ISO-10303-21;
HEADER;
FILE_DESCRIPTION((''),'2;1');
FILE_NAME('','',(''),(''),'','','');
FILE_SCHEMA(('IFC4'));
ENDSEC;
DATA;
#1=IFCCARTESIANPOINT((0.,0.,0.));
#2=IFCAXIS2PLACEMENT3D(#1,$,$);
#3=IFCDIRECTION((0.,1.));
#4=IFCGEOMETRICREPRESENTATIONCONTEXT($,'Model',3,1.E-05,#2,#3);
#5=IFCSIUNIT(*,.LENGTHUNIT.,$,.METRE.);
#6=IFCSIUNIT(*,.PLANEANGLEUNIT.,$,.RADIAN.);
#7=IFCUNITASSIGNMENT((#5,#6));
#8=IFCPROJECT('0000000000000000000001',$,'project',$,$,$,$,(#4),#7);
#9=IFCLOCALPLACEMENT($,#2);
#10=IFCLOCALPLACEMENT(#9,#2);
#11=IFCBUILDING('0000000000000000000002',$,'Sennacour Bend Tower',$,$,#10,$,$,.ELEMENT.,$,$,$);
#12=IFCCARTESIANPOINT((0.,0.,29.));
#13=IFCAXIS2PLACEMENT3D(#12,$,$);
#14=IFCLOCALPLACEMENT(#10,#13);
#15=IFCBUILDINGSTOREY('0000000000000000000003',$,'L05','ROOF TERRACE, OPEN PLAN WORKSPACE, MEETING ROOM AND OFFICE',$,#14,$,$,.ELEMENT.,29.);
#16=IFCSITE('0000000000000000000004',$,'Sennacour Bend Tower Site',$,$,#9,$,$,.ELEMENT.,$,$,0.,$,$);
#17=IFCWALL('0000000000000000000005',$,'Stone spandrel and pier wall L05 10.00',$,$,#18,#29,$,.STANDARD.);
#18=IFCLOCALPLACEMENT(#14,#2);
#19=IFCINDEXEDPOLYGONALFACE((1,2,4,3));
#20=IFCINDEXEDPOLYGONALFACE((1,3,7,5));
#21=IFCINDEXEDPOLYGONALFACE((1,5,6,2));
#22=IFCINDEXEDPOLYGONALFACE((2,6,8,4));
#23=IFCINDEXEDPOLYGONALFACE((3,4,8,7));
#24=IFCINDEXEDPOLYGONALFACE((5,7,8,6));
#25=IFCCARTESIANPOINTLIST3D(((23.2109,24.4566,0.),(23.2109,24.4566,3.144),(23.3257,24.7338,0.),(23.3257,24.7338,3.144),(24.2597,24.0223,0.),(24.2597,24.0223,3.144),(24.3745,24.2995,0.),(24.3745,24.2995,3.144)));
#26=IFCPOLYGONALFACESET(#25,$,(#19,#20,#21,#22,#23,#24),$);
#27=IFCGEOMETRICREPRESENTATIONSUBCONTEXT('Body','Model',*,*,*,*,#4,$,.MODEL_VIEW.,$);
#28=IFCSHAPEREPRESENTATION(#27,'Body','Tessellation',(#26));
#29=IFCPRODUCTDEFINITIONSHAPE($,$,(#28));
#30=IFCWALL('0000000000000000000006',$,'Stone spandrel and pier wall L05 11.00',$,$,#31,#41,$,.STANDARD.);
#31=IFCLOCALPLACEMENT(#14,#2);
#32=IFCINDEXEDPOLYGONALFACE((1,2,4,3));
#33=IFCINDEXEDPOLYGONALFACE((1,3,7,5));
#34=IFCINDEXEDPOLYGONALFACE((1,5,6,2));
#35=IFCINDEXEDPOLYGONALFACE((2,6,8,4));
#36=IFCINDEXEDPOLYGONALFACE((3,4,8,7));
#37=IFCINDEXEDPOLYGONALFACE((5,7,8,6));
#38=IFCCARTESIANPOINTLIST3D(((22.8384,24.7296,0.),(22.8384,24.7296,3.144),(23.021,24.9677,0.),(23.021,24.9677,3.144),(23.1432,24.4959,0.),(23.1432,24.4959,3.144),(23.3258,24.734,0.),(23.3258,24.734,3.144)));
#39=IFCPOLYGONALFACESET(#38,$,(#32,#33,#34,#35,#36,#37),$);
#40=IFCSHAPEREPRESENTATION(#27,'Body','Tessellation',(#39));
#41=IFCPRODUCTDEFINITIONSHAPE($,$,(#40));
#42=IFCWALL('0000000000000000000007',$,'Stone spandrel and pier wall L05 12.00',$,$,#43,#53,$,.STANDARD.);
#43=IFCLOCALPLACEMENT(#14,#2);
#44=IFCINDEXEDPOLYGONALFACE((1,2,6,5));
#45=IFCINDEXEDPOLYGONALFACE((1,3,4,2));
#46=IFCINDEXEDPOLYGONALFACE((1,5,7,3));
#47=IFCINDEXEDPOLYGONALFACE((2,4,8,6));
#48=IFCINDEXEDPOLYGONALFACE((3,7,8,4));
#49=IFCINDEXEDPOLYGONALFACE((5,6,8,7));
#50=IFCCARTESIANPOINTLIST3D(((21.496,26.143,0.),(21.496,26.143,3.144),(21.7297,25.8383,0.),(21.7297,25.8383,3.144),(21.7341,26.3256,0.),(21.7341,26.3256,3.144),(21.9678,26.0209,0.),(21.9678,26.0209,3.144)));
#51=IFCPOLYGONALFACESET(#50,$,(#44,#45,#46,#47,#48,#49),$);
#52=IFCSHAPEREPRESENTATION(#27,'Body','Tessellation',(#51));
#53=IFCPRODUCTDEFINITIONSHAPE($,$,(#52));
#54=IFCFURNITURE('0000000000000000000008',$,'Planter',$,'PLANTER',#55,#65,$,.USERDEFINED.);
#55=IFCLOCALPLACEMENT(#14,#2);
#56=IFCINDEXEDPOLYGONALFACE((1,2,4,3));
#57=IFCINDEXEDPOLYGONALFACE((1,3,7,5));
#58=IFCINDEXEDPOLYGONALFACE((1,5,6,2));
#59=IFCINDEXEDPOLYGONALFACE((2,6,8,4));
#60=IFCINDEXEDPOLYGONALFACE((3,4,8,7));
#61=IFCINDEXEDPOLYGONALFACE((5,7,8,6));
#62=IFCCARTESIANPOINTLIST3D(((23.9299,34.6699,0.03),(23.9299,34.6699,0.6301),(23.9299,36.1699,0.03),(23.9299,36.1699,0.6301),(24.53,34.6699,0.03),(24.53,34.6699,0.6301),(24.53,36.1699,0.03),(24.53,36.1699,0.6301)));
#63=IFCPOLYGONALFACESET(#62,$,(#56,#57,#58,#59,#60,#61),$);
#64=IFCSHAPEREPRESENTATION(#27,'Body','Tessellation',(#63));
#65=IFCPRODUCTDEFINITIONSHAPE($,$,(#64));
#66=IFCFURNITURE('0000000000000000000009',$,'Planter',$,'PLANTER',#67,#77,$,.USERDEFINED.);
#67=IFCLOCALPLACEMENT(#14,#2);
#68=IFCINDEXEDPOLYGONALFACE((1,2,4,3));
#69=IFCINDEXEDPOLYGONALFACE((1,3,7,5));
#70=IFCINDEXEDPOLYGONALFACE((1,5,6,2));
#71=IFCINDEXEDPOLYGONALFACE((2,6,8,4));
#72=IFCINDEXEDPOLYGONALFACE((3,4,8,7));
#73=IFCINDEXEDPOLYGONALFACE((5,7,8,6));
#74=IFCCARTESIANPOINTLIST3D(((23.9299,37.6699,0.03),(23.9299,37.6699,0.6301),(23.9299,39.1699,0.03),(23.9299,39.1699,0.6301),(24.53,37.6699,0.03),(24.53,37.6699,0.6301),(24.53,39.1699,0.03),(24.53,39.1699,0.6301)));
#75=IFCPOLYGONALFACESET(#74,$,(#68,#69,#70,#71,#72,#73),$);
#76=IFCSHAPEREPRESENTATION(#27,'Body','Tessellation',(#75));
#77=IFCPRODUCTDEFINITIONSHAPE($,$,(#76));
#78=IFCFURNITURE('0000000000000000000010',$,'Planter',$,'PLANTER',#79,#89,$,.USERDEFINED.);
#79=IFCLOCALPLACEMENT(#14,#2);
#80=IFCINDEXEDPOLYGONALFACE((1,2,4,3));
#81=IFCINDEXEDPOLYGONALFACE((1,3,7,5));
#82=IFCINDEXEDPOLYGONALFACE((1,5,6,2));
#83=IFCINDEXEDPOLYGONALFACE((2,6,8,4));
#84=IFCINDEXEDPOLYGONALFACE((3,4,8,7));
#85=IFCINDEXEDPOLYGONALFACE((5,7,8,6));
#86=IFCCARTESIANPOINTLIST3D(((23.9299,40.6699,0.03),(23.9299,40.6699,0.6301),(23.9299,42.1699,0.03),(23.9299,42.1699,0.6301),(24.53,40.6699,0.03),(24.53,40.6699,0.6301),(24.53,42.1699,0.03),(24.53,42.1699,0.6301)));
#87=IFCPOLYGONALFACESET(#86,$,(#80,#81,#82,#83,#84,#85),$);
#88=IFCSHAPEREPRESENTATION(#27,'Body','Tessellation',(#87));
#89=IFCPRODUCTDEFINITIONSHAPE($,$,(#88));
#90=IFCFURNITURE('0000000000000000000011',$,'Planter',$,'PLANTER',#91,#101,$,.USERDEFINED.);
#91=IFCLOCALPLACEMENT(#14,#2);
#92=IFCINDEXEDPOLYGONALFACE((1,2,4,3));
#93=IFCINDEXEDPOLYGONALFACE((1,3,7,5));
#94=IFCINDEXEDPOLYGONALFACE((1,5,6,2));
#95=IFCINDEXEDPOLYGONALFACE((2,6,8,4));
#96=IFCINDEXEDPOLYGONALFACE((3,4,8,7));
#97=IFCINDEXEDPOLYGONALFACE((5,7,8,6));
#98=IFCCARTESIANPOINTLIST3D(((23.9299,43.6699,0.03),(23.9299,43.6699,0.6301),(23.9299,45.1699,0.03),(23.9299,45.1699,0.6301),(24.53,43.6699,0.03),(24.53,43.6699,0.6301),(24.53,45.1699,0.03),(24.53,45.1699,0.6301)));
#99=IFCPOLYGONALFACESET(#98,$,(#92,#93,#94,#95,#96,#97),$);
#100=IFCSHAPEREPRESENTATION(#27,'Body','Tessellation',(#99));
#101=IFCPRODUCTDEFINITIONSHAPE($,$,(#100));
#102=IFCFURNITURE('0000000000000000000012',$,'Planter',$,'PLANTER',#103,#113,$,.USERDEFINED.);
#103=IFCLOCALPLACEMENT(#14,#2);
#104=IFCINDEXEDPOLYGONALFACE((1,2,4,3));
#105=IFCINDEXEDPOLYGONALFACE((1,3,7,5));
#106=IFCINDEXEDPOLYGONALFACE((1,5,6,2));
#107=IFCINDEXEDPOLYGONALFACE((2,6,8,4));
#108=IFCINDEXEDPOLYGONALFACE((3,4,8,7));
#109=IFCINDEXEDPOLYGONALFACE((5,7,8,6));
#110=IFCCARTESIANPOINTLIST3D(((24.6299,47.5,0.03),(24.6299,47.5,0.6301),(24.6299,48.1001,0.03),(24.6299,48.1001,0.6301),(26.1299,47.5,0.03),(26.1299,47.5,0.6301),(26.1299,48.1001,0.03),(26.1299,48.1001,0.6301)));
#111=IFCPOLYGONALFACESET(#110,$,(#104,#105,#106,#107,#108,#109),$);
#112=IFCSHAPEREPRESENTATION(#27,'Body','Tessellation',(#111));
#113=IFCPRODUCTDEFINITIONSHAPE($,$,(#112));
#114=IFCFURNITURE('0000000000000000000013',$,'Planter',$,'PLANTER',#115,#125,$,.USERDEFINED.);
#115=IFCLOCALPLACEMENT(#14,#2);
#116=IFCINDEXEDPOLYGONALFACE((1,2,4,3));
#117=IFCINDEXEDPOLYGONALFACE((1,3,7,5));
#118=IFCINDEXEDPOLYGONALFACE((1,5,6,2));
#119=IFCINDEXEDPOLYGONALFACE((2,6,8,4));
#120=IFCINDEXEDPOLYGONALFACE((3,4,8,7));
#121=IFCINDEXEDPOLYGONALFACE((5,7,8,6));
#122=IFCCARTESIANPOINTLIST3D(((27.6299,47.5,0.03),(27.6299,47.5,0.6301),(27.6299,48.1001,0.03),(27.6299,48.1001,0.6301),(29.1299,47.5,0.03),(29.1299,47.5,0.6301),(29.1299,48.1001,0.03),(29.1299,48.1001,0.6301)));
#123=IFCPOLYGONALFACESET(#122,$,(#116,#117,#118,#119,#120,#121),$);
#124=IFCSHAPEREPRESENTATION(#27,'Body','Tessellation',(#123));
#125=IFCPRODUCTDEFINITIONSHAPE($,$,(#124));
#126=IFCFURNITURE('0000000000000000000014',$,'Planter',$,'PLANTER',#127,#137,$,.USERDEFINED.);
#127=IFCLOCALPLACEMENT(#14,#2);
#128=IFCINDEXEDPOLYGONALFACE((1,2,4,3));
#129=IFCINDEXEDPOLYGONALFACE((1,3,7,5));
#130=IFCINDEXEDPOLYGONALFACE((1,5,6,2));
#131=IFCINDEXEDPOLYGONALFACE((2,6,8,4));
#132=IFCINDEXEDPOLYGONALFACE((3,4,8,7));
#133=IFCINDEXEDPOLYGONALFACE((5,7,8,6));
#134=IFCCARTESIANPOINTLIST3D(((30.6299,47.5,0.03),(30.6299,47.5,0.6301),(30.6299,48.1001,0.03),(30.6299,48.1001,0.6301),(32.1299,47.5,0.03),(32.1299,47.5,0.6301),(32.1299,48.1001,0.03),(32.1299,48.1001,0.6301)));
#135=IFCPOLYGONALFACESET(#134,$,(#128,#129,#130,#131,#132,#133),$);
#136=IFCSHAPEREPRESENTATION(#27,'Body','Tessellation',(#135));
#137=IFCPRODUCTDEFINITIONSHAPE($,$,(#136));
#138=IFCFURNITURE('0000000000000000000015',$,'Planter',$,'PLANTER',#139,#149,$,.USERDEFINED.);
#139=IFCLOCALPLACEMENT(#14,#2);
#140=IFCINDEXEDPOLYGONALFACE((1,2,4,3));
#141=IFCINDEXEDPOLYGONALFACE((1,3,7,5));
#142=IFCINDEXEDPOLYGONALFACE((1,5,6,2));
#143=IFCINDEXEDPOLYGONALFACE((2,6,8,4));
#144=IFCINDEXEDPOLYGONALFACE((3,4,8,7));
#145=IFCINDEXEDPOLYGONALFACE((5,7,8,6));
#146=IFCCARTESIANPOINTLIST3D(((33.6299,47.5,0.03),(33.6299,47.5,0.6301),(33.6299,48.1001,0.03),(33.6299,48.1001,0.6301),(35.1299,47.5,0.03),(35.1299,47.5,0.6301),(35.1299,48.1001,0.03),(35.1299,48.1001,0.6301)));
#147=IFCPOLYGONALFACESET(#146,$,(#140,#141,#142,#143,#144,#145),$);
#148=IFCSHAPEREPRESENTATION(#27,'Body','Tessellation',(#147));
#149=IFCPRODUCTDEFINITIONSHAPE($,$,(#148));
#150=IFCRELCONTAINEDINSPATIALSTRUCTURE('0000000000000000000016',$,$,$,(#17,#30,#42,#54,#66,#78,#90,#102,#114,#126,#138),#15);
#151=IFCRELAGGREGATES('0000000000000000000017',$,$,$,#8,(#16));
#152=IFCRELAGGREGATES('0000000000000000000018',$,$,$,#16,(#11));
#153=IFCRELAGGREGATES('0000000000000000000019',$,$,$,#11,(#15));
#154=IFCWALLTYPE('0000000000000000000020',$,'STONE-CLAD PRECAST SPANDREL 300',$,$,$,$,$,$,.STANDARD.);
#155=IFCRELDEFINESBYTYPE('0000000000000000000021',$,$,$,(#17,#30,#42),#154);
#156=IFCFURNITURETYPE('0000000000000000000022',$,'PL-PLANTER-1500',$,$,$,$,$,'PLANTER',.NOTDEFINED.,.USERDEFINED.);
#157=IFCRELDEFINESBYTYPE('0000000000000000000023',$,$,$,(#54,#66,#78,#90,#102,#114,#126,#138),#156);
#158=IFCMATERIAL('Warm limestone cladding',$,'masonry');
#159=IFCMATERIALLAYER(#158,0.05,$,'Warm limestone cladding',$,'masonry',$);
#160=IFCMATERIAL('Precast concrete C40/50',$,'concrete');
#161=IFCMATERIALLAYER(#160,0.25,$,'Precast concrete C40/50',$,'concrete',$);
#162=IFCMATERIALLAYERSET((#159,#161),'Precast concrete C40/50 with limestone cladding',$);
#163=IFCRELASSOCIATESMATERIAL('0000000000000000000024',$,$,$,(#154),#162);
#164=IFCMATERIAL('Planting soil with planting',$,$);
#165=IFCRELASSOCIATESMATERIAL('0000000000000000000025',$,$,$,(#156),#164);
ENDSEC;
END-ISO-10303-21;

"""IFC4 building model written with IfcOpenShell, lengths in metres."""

from ifc_helpers import new_model, si_unit, direction, frame, frame_2d, origin, origin_2d, place, context, subcontext, project, spatial, rectangle, extrude, material, layer, layer_set, type_object, element, save


model = new_model("IFC4")

# Units and contexts
model_context = context("Model", 3, precision=1e-05, world=origin(), true_north=direction((0.0, 1.0)))
body_context = subcontext(model_context, "Body", "Model", "MODEL_VIEW")
ifc_project = project(units=[si_unit("LENGTHUNIT", "METRE"), si_unit("PLANEANGLEUNIT", "RADIAN")], contexts=[model_context])

# Site, building, storey
site_placement = place(None, origin())
site = spatial("IfcSite", under=ifc_project, at=site_placement, Name="Sennacour Bend Tower Site", CompositionType="ELEMENT", RefElevation=0.0)
building_placement = place(site_placement, origin())
building = spatial("IfcBuilding", under=site, at=building_placement, Name="Sennacour Bend Tower", CompositionType="ELEMENT")
storey_placement = place(building_placement, frame((0.0, 0.0, 29.0)))
storey = spatial("IfcBuildingStorey", under=building, at=storey_placement, Name="L05", Description="ROOF TERRACE, OPEN PLAN WORKSPACE, MEETING ROOM AND OFFICE", CompositionType="ELEMENT", Elevation=29.0)

# Shared definitions
ifc_material_1 = material(Name="Warm limestone cladding", Category="masonry")
ifc_layer_1 = layer(ifc_material_1, 0.05, Name="Warm limestone cladding", Category="masonry")
ifc_material_2 = material(Name="Precast concrete C40/50", Category="concrete")
ifc_layer_2 = layer(ifc_material_2, 0.25, Name="Precast concrete C40/50", Category="concrete")
ifc_layer_set_1 = layer_set([ifc_layer_1, ifc_layer_2], Name="Precast concrete C40/50 with limestone cladding")
wall_type_1 = type_object("IfcWallType", Name="STONE-CLAD PRECAST SPANDREL 300", PredefinedType="STANDARD", material=ifc_layer_set_1)

# Walls
wall_1_placement = place(storey_placement, frame((24.3171, 24.1609, 0.0), z_axis=(0.0, 0.0, 1.0), x_axis=(-0.923915, 0.382599, 0.0)))
element("IfcWall", 1, at=wall_1_placement, inside=storey, type_object=wall_type_1, Name="Stone spandrel and pier wall L05 10.00", PredefinedType="STANDARD", context=body_context, shape_type="SweptSolid", body=[
    extrude(rectangle(XDim=1.1353, YDim=0.3, at=frame_2d((0.5676, 0.0))), origin(), (0.0, 0.0, 1.0), 3.144),
])
for number, where, z_axis, x_axis, name in (
    (2, (23.2344, 24.615, 0.0), (0.0, 0.0, 1.0), (-0.793545, 0.608512, 0.0), "Stone spandrel and pier wall L05 11.00"),
    (3, (21.8486, 25.9297, 0.0), (0.0, 0.0, 1.0), (-0.608512, 0.793545, 0.0), "Stone spandrel and pier wall L05 12.00"),
):
    element("IfcWall", number, at=place(storey_placement, frame(where, z_axis=z_axis, x_axis=x_axis)), inside=storey, type_object=wall_type_1, Name=name, PredefinedType="STANDARD", context=body_context, shape_type="SweptSolid", body=[
        extrude(rectangle(XDim=0.384, YDim=0.3, at=frame_2d((0.1919, 0.0))), origin(), (0.0, 0.0, 1.0), 3.144),
    ])

# Furniture
ifc_material_3 = material(Name="Planting soil with planting")
furniture_type = type_object("IfcFurnitureType", Name="PL-PLANTER-1500", ElementType="PLANTER", AssemblyPlace="NOTDEFINED", PredefinedType="USERDEFINED", material=ifc_material_3)
for number, where, z_axis, x_axis, name in (
    (4, (24.23, 35.4199, 0.03), (0.0, 0.0, 1.0), (0.0, 1.0, 0.0), "Planter"),
    (5, (24.23, 38.4199, 0.03), (0.0, 0.0, 1.0), (0.0, 1.0, 0.0), "Planter"),
    (6, (24.23, 41.4199, 0.03), (0.0, 0.0, 1.0), (0.0, 1.0, 0.0), "Planter"),
    (7, (24.23, 44.4199, 0.03), (0.0, 0.0, 1.0), (0.0, 1.0, 0.0), "Planter"),
    (8, (25.3799, 47.8, 0.03), (0.0, 0.0, 1.0), (1.0, 0.0, 0.0), "Planter"),
    (9, (28.3799, 47.8, 0.03), (0.0, 0.0, 1.0), (1.0, 0.0, 0.0), "Planter"),
    (10, (31.3799, 47.8, 0.03), (0.0, 0.0, 1.0), (1.0, 0.0, 0.0), "Planter"),
    (11, (34.3799, 47.8, 0.03), (0.0, 0.0, 1.0), (1.0, 0.0, 0.0), "Planter"),
):
    element("IfcFurniture", number, at=place(storey_placement, frame(where, z_axis=z_axis, x_axis=x_axis)), inside=storey, type_object=furniture_type, Name=name, ObjectType="PLANTER", PredefinedType="USERDEFINED", context=body_context, shape_type="SweptSolid", body=[
        extrude(rectangle(XDim=1.5, YDim=0.6001, at=origin_2d()), origin(), (0.0, 0.0, 1.0), 0.6001),
    ])

save(model, "model.ifc")
